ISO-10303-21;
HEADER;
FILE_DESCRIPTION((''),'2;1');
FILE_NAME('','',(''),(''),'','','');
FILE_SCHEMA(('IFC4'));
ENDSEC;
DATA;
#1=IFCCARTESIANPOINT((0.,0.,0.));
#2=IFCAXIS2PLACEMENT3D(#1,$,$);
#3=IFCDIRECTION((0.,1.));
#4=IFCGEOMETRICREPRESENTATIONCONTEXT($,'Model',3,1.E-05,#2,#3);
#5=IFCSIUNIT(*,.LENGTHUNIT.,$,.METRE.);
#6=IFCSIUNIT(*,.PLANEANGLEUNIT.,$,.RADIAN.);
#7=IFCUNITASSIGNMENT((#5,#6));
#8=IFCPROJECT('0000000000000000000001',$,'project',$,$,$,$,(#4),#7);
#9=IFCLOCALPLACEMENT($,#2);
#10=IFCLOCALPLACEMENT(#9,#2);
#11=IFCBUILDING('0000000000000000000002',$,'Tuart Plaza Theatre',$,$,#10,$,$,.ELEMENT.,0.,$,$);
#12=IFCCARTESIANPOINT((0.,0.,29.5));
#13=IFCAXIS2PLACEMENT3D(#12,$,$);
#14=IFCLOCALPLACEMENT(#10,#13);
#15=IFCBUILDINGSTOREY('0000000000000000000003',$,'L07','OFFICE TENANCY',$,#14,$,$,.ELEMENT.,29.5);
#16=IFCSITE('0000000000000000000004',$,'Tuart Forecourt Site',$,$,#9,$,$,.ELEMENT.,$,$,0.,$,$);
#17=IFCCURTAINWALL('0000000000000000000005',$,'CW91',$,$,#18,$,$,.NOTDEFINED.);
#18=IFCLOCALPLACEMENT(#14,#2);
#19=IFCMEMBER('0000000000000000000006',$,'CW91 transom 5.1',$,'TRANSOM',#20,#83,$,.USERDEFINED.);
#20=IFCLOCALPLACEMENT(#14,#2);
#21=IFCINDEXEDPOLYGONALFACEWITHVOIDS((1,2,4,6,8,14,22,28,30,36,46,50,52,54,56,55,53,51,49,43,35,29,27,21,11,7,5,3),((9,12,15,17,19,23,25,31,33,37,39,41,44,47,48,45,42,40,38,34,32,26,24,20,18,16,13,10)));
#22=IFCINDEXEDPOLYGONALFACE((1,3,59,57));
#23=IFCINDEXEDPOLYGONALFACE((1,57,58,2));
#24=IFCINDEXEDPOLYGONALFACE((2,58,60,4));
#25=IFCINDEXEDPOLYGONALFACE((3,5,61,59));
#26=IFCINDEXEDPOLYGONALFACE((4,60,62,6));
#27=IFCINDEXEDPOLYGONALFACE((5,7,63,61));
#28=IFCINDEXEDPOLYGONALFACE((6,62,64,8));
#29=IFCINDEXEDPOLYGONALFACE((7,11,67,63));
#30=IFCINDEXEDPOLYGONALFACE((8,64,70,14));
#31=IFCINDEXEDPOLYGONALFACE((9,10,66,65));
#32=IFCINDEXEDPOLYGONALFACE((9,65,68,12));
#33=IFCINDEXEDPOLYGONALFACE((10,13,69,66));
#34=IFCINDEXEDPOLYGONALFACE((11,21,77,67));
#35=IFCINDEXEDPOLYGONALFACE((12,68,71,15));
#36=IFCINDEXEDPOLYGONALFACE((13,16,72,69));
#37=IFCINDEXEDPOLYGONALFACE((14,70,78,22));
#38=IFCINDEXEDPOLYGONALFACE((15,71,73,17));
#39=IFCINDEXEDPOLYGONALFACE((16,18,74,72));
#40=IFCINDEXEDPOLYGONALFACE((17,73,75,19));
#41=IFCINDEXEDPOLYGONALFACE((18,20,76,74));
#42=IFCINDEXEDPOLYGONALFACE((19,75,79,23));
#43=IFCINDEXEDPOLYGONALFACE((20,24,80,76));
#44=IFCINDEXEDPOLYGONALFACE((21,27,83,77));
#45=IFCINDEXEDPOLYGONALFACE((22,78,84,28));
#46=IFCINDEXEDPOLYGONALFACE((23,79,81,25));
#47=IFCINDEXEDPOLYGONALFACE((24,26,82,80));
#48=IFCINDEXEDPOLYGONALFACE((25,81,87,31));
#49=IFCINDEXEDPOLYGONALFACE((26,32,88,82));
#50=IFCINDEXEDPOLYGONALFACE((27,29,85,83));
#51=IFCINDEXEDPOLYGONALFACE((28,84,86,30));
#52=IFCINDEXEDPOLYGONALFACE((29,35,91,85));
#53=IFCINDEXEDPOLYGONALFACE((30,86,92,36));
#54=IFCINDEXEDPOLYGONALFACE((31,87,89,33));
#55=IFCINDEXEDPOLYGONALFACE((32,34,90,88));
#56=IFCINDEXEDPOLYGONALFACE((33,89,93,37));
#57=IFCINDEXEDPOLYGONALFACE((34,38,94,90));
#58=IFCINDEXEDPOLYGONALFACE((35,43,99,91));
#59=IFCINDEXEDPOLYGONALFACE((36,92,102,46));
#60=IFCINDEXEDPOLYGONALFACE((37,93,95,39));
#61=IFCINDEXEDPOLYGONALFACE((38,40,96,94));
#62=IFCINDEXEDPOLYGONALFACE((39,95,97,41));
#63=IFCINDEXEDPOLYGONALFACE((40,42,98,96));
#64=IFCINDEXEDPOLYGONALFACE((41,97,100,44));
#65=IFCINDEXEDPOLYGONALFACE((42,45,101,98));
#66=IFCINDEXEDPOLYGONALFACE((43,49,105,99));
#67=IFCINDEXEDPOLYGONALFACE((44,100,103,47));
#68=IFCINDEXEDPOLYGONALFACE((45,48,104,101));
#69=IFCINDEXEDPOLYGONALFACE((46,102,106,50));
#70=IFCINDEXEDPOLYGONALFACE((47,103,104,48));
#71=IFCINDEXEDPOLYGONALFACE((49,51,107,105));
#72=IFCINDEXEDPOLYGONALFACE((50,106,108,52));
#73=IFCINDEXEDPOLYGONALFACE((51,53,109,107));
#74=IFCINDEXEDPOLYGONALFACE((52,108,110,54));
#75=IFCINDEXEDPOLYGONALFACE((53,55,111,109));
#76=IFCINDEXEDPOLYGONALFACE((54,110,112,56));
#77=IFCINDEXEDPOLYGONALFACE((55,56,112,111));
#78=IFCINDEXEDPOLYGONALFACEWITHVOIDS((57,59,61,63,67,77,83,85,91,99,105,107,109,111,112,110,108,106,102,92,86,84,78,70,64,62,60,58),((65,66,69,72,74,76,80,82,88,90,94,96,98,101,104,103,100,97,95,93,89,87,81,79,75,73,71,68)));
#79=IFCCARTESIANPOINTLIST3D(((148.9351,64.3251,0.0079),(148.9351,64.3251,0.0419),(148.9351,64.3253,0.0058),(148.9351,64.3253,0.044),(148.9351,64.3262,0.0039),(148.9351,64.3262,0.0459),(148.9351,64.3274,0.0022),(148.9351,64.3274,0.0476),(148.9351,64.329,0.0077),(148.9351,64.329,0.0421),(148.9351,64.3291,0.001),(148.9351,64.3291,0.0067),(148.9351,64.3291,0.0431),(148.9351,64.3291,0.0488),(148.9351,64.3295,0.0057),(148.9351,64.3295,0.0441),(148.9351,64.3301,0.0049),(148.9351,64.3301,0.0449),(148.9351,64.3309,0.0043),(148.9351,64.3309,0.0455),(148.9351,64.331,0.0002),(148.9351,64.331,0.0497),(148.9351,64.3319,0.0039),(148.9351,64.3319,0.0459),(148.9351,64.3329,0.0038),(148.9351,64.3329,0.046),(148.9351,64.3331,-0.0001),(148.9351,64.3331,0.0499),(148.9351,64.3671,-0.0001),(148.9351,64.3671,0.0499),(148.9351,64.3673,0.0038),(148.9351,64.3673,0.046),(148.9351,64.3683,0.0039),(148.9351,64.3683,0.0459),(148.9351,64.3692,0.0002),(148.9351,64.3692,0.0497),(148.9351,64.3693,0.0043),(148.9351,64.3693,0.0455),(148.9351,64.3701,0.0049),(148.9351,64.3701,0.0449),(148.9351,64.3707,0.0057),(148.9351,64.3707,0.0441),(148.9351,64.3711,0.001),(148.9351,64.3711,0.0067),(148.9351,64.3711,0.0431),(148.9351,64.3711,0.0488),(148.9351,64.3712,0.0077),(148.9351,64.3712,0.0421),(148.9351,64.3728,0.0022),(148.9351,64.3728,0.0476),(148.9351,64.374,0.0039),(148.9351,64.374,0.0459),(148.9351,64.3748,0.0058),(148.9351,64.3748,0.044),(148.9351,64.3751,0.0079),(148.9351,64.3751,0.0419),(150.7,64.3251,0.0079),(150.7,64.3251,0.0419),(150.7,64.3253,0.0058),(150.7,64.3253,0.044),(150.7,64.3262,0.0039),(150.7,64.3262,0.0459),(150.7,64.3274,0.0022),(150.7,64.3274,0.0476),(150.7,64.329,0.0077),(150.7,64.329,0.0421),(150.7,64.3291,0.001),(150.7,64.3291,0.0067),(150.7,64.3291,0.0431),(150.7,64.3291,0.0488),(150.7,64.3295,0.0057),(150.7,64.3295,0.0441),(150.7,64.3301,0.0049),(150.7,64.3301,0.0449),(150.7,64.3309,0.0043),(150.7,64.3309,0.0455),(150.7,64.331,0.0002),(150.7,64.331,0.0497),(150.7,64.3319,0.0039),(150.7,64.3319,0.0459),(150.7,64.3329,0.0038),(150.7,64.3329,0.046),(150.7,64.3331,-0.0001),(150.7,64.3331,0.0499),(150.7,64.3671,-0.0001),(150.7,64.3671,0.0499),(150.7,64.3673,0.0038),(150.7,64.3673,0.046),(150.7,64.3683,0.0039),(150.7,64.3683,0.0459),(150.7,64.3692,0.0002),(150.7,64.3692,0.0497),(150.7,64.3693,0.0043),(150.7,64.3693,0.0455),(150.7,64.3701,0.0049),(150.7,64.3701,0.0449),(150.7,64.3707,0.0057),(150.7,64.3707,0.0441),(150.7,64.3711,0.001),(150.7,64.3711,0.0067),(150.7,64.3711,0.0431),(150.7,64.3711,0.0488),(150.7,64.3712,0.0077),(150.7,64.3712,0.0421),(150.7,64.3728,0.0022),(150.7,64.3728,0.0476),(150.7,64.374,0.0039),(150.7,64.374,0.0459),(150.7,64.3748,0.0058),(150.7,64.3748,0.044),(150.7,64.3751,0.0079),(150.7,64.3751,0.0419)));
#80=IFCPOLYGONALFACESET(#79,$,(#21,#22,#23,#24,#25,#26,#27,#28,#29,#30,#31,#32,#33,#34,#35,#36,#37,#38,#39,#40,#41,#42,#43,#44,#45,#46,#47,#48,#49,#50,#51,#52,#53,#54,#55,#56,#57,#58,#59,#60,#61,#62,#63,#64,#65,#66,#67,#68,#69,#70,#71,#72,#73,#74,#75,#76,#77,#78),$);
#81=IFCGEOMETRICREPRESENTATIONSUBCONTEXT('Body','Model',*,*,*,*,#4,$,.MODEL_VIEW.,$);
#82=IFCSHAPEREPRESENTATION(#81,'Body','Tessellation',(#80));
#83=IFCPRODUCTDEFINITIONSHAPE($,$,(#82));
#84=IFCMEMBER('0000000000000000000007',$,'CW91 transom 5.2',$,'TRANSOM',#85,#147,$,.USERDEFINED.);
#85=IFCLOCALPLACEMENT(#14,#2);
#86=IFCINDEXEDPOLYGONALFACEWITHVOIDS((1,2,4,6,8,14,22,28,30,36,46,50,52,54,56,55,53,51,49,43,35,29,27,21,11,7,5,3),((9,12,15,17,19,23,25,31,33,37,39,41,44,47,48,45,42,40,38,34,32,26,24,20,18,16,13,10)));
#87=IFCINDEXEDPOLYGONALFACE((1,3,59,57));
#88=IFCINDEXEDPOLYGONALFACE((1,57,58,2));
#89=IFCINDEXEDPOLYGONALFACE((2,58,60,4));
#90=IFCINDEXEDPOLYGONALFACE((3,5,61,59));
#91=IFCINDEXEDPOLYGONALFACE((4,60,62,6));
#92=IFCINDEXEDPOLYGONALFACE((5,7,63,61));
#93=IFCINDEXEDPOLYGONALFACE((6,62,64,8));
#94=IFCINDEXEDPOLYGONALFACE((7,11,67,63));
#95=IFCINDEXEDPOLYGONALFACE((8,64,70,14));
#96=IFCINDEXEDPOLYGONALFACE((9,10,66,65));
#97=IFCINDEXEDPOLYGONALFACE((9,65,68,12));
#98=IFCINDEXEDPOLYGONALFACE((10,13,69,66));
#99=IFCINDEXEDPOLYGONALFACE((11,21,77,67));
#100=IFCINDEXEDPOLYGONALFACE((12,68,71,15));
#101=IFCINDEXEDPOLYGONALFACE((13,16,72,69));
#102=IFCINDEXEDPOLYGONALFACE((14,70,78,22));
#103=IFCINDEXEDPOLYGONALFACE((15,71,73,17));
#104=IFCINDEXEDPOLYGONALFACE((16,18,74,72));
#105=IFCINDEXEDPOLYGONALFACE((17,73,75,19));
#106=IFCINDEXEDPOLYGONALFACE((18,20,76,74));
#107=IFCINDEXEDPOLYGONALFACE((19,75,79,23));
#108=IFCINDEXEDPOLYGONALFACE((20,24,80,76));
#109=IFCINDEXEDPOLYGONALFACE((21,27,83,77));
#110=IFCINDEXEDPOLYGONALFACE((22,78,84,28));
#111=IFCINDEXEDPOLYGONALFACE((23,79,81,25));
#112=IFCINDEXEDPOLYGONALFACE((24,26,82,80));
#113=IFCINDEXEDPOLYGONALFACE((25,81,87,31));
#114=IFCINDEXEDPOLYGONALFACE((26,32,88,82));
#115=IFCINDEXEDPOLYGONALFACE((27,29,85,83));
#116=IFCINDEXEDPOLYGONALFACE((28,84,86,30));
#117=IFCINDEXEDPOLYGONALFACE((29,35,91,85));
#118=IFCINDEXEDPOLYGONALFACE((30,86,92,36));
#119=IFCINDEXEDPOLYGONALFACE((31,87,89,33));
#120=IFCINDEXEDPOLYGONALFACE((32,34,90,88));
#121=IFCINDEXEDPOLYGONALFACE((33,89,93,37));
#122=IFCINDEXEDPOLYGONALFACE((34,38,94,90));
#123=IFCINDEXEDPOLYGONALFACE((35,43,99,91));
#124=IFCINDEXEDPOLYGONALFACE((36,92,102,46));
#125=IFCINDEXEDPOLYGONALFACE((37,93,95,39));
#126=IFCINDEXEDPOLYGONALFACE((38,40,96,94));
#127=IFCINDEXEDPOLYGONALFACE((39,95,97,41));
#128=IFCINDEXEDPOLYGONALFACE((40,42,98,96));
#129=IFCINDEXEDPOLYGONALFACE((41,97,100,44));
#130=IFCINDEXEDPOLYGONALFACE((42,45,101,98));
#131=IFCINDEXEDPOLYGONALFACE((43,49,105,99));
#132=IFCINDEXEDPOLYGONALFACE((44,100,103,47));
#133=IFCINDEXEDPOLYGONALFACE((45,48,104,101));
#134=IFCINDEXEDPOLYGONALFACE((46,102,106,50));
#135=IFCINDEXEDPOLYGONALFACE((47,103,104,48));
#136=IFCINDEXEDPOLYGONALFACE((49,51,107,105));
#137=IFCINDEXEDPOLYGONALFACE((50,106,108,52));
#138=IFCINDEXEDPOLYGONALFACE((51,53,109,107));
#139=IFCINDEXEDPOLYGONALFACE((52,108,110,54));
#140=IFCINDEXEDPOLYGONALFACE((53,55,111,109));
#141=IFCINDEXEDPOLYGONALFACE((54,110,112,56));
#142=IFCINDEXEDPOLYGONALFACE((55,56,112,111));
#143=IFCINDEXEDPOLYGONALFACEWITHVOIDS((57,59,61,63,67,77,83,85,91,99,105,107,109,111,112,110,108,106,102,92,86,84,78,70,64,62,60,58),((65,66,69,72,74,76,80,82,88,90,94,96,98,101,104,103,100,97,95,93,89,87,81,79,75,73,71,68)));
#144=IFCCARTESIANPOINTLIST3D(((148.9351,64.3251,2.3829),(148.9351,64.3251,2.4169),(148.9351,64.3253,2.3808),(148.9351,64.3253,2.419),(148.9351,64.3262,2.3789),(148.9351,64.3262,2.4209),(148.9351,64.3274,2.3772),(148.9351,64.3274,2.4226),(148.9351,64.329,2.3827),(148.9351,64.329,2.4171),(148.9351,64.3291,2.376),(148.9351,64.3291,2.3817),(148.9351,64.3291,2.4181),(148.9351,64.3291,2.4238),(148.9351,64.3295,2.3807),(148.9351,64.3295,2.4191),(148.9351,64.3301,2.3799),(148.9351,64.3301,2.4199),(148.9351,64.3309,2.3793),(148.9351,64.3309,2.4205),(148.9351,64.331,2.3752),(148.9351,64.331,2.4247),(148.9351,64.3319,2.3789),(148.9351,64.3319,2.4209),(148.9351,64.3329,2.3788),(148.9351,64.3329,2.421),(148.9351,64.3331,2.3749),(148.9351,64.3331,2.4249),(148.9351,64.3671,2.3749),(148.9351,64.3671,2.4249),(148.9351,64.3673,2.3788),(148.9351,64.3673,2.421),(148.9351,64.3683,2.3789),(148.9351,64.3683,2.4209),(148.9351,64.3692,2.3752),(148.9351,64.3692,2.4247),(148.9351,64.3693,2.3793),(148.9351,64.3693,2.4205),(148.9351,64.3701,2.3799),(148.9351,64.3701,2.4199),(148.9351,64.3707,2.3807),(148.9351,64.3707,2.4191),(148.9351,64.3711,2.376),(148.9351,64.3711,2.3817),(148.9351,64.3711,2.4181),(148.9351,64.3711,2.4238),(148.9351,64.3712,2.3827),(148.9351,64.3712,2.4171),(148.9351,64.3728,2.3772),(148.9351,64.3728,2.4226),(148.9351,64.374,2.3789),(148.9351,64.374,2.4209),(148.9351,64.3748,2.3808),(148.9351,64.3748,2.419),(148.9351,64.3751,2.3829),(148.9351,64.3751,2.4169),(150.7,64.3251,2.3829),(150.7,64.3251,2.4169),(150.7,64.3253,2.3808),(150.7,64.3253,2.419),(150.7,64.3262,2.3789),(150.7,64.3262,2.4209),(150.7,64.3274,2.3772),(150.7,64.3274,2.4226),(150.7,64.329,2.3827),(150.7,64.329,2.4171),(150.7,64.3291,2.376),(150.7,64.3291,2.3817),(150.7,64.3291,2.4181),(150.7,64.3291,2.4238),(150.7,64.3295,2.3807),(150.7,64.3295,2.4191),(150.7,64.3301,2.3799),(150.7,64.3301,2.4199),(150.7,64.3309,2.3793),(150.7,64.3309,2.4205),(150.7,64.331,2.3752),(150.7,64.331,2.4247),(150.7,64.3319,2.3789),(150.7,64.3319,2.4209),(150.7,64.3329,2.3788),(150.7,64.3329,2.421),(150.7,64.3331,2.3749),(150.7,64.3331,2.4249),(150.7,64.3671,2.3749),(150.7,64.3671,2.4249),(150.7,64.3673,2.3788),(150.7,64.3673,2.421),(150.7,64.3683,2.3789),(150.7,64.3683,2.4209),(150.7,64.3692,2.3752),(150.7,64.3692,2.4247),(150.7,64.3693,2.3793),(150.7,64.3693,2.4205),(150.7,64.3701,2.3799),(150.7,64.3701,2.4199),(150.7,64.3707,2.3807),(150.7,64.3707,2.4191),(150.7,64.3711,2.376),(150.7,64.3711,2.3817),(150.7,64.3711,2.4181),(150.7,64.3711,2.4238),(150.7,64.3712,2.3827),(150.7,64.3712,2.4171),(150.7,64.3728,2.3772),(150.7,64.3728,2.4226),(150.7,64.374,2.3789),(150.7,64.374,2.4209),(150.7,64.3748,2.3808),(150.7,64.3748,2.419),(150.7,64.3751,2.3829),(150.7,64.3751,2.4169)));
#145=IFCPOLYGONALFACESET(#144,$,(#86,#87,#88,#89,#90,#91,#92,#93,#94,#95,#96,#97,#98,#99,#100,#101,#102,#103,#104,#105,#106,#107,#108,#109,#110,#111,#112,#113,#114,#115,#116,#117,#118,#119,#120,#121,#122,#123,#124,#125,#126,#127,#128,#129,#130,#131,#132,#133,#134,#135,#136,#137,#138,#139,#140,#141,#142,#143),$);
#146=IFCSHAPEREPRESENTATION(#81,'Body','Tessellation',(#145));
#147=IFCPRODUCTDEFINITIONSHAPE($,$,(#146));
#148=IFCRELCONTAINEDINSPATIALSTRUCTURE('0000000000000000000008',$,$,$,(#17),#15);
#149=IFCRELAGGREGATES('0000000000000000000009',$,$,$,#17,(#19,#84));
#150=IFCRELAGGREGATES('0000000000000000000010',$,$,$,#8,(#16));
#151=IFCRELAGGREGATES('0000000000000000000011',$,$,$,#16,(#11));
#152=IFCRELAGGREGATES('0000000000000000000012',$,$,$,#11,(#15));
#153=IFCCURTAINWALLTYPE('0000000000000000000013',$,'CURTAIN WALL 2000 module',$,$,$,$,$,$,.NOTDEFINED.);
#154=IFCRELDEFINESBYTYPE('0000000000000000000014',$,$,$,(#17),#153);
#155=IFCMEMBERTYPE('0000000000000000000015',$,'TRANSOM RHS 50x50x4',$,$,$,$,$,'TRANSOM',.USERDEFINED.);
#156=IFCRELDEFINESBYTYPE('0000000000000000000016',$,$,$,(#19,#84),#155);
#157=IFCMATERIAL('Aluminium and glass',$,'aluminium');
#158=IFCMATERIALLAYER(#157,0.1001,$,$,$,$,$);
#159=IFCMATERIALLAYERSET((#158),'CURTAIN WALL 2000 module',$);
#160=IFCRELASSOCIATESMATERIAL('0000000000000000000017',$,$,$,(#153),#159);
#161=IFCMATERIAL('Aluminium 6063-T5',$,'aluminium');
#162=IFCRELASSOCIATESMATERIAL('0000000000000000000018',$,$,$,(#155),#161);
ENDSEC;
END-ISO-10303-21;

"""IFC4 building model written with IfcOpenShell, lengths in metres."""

from ifc_helpers import new_model, si_unit, direction, frame, origin, origin_2d, place, context, subcontext, project, spatial, hollow_rectangle, extrude, material, layer, layer_set, material_profile, profile_set, type_object, element, aggregate, save


model = new_model("IFC4")

# Units and contexts
model_context = context("Model", 3, precision=1e-05, world=origin(), true_north=direction((0.0, 1.0)))
body_context = subcontext(model_context, "Body", "Model", "MODEL_VIEW")
ifc_project = project(units=[si_unit("LENGTHUNIT", "METRE"), si_unit("PLANEANGLEUNIT", "RADIAN")], contexts=[model_context])

# Site, building, storey
site_placement = place(None, origin())
site = spatial("IfcSite", under=ifc_project, at=site_placement, Name="Tuart Forecourt Site", CompositionType="ELEMENT", RefElevation=0.0)
building_placement = place(site_placement, origin())
building = spatial("IfcBuilding", under=site, at=building_placement, Name="Tuart Plaza Theatre", CompositionType="ELEMENT", ElevationOfRefHeight=0.0)
storey_placement = place(building_placement, frame((0.0, 0.0, 29.5)))
storey = spatial("IfcBuildingStorey", under=building, at=storey_placement, Name="L07", Description="OFFICE TENANCY", CompositionType="ELEMENT", Elevation=29.5)

# Curtain wall
ifc_material_1 = material(Name="Aluminium and glass", Category="aluminium")
ifc_layer_1 = layer(ifc_material_1, 0.1001)
ifc_layer_set_1 = layer_set([ifc_layer_1], Name="CURTAIN WALL 2000 module")
curtain_wall_type = type_object("IfcCurtainWallType", Name="CURTAIN WALL 2000 module", PredefinedType="NOTDEFINED", material=ifc_layer_set_1)
curtain_wall_1_placement = place(storey_placement, origin())
curtain_wall_1 = element("IfcCurtainWall", 1, at=curtain_wall_1_placement, inside=storey, type_object=curtain_wall_type, Name="CW91", PredefinedType="NOTDEFINED")

# Members
ifc_material_2 = material(Name="Aluminium 6063-T5", Category="aluminium")
ifc_material_profile_1 = material_profile(ifc_material_2, hollow_rectangle(XDim=0.05, YDim=0.05, WallThickness=0.0039, InnerFilletRadius=0.0039, OuterFilletRadius=0.0081, at=origin_2d()), Name="RHS 50x50x4")
ifc_profile_set_1 = profile_set([ifc_material_profile_1], Name="Aluminium 6063-T5")
member_type_1 = type_object("IfcMemberType", Name="TRANSOM RHS 50x50x4", ElementType="TRANSOM", PredefinedType="USERDEFINED", material=ifc_profile_set_1)
member_1_placement = place(storey_placement, frame((148.9351, 64.3501, 0.0249), z_axis=(1.0, 0.0, 0.0), x_axis=(0.0, 1.0, 0.0)))
member_1 = element("IfcMember", 2, at=member_1_placement, type_object=member_type_1, Name="CW91 transom 5.1", ObjectType="TRANSOM", PredefinedType="USERDEFINED", context=body_context, shape_type="SweptSolid", body=[
    extrude(hollow_rectangle(XDim=0.05, YDim=0.05, WallThickness=0.0039, InnerFilletRadius=0.0039, OuterFilletRadius=0.0081, at=origin_2d()), origin(), (0.0, 0.0, 1.0), 1.7649),
])
member_2_placement = place(storey_placement, frame((148.9351, 64.3501, 2.3999), z_axis=(1.0, 0.0, 0.0), x_axis=(0.0, 1.0, 0.0)))
member_2 = element("IfcMember", 3, at=member_2_placement, type_object=member_type_1, Name="CW91 transom 5.2", ObjectType="TRANSOM", PredefinedType="USERDEFINED", context=body_context, shape_type="SweptSolid", body=[
    extrude(hollow_rectangle(XDim=0.05, YDim=0.05, WallThickness=0.0039, InnerFilletRadius=0.0039, OuterFilletRadius=0.0081, at=origin_2d()), origin(), (0.0, 0.0, 1.0), 1.7649),
])

aggregate(curtain_wall_1, [member_1, member_2])

save(model, "model.ifc")
